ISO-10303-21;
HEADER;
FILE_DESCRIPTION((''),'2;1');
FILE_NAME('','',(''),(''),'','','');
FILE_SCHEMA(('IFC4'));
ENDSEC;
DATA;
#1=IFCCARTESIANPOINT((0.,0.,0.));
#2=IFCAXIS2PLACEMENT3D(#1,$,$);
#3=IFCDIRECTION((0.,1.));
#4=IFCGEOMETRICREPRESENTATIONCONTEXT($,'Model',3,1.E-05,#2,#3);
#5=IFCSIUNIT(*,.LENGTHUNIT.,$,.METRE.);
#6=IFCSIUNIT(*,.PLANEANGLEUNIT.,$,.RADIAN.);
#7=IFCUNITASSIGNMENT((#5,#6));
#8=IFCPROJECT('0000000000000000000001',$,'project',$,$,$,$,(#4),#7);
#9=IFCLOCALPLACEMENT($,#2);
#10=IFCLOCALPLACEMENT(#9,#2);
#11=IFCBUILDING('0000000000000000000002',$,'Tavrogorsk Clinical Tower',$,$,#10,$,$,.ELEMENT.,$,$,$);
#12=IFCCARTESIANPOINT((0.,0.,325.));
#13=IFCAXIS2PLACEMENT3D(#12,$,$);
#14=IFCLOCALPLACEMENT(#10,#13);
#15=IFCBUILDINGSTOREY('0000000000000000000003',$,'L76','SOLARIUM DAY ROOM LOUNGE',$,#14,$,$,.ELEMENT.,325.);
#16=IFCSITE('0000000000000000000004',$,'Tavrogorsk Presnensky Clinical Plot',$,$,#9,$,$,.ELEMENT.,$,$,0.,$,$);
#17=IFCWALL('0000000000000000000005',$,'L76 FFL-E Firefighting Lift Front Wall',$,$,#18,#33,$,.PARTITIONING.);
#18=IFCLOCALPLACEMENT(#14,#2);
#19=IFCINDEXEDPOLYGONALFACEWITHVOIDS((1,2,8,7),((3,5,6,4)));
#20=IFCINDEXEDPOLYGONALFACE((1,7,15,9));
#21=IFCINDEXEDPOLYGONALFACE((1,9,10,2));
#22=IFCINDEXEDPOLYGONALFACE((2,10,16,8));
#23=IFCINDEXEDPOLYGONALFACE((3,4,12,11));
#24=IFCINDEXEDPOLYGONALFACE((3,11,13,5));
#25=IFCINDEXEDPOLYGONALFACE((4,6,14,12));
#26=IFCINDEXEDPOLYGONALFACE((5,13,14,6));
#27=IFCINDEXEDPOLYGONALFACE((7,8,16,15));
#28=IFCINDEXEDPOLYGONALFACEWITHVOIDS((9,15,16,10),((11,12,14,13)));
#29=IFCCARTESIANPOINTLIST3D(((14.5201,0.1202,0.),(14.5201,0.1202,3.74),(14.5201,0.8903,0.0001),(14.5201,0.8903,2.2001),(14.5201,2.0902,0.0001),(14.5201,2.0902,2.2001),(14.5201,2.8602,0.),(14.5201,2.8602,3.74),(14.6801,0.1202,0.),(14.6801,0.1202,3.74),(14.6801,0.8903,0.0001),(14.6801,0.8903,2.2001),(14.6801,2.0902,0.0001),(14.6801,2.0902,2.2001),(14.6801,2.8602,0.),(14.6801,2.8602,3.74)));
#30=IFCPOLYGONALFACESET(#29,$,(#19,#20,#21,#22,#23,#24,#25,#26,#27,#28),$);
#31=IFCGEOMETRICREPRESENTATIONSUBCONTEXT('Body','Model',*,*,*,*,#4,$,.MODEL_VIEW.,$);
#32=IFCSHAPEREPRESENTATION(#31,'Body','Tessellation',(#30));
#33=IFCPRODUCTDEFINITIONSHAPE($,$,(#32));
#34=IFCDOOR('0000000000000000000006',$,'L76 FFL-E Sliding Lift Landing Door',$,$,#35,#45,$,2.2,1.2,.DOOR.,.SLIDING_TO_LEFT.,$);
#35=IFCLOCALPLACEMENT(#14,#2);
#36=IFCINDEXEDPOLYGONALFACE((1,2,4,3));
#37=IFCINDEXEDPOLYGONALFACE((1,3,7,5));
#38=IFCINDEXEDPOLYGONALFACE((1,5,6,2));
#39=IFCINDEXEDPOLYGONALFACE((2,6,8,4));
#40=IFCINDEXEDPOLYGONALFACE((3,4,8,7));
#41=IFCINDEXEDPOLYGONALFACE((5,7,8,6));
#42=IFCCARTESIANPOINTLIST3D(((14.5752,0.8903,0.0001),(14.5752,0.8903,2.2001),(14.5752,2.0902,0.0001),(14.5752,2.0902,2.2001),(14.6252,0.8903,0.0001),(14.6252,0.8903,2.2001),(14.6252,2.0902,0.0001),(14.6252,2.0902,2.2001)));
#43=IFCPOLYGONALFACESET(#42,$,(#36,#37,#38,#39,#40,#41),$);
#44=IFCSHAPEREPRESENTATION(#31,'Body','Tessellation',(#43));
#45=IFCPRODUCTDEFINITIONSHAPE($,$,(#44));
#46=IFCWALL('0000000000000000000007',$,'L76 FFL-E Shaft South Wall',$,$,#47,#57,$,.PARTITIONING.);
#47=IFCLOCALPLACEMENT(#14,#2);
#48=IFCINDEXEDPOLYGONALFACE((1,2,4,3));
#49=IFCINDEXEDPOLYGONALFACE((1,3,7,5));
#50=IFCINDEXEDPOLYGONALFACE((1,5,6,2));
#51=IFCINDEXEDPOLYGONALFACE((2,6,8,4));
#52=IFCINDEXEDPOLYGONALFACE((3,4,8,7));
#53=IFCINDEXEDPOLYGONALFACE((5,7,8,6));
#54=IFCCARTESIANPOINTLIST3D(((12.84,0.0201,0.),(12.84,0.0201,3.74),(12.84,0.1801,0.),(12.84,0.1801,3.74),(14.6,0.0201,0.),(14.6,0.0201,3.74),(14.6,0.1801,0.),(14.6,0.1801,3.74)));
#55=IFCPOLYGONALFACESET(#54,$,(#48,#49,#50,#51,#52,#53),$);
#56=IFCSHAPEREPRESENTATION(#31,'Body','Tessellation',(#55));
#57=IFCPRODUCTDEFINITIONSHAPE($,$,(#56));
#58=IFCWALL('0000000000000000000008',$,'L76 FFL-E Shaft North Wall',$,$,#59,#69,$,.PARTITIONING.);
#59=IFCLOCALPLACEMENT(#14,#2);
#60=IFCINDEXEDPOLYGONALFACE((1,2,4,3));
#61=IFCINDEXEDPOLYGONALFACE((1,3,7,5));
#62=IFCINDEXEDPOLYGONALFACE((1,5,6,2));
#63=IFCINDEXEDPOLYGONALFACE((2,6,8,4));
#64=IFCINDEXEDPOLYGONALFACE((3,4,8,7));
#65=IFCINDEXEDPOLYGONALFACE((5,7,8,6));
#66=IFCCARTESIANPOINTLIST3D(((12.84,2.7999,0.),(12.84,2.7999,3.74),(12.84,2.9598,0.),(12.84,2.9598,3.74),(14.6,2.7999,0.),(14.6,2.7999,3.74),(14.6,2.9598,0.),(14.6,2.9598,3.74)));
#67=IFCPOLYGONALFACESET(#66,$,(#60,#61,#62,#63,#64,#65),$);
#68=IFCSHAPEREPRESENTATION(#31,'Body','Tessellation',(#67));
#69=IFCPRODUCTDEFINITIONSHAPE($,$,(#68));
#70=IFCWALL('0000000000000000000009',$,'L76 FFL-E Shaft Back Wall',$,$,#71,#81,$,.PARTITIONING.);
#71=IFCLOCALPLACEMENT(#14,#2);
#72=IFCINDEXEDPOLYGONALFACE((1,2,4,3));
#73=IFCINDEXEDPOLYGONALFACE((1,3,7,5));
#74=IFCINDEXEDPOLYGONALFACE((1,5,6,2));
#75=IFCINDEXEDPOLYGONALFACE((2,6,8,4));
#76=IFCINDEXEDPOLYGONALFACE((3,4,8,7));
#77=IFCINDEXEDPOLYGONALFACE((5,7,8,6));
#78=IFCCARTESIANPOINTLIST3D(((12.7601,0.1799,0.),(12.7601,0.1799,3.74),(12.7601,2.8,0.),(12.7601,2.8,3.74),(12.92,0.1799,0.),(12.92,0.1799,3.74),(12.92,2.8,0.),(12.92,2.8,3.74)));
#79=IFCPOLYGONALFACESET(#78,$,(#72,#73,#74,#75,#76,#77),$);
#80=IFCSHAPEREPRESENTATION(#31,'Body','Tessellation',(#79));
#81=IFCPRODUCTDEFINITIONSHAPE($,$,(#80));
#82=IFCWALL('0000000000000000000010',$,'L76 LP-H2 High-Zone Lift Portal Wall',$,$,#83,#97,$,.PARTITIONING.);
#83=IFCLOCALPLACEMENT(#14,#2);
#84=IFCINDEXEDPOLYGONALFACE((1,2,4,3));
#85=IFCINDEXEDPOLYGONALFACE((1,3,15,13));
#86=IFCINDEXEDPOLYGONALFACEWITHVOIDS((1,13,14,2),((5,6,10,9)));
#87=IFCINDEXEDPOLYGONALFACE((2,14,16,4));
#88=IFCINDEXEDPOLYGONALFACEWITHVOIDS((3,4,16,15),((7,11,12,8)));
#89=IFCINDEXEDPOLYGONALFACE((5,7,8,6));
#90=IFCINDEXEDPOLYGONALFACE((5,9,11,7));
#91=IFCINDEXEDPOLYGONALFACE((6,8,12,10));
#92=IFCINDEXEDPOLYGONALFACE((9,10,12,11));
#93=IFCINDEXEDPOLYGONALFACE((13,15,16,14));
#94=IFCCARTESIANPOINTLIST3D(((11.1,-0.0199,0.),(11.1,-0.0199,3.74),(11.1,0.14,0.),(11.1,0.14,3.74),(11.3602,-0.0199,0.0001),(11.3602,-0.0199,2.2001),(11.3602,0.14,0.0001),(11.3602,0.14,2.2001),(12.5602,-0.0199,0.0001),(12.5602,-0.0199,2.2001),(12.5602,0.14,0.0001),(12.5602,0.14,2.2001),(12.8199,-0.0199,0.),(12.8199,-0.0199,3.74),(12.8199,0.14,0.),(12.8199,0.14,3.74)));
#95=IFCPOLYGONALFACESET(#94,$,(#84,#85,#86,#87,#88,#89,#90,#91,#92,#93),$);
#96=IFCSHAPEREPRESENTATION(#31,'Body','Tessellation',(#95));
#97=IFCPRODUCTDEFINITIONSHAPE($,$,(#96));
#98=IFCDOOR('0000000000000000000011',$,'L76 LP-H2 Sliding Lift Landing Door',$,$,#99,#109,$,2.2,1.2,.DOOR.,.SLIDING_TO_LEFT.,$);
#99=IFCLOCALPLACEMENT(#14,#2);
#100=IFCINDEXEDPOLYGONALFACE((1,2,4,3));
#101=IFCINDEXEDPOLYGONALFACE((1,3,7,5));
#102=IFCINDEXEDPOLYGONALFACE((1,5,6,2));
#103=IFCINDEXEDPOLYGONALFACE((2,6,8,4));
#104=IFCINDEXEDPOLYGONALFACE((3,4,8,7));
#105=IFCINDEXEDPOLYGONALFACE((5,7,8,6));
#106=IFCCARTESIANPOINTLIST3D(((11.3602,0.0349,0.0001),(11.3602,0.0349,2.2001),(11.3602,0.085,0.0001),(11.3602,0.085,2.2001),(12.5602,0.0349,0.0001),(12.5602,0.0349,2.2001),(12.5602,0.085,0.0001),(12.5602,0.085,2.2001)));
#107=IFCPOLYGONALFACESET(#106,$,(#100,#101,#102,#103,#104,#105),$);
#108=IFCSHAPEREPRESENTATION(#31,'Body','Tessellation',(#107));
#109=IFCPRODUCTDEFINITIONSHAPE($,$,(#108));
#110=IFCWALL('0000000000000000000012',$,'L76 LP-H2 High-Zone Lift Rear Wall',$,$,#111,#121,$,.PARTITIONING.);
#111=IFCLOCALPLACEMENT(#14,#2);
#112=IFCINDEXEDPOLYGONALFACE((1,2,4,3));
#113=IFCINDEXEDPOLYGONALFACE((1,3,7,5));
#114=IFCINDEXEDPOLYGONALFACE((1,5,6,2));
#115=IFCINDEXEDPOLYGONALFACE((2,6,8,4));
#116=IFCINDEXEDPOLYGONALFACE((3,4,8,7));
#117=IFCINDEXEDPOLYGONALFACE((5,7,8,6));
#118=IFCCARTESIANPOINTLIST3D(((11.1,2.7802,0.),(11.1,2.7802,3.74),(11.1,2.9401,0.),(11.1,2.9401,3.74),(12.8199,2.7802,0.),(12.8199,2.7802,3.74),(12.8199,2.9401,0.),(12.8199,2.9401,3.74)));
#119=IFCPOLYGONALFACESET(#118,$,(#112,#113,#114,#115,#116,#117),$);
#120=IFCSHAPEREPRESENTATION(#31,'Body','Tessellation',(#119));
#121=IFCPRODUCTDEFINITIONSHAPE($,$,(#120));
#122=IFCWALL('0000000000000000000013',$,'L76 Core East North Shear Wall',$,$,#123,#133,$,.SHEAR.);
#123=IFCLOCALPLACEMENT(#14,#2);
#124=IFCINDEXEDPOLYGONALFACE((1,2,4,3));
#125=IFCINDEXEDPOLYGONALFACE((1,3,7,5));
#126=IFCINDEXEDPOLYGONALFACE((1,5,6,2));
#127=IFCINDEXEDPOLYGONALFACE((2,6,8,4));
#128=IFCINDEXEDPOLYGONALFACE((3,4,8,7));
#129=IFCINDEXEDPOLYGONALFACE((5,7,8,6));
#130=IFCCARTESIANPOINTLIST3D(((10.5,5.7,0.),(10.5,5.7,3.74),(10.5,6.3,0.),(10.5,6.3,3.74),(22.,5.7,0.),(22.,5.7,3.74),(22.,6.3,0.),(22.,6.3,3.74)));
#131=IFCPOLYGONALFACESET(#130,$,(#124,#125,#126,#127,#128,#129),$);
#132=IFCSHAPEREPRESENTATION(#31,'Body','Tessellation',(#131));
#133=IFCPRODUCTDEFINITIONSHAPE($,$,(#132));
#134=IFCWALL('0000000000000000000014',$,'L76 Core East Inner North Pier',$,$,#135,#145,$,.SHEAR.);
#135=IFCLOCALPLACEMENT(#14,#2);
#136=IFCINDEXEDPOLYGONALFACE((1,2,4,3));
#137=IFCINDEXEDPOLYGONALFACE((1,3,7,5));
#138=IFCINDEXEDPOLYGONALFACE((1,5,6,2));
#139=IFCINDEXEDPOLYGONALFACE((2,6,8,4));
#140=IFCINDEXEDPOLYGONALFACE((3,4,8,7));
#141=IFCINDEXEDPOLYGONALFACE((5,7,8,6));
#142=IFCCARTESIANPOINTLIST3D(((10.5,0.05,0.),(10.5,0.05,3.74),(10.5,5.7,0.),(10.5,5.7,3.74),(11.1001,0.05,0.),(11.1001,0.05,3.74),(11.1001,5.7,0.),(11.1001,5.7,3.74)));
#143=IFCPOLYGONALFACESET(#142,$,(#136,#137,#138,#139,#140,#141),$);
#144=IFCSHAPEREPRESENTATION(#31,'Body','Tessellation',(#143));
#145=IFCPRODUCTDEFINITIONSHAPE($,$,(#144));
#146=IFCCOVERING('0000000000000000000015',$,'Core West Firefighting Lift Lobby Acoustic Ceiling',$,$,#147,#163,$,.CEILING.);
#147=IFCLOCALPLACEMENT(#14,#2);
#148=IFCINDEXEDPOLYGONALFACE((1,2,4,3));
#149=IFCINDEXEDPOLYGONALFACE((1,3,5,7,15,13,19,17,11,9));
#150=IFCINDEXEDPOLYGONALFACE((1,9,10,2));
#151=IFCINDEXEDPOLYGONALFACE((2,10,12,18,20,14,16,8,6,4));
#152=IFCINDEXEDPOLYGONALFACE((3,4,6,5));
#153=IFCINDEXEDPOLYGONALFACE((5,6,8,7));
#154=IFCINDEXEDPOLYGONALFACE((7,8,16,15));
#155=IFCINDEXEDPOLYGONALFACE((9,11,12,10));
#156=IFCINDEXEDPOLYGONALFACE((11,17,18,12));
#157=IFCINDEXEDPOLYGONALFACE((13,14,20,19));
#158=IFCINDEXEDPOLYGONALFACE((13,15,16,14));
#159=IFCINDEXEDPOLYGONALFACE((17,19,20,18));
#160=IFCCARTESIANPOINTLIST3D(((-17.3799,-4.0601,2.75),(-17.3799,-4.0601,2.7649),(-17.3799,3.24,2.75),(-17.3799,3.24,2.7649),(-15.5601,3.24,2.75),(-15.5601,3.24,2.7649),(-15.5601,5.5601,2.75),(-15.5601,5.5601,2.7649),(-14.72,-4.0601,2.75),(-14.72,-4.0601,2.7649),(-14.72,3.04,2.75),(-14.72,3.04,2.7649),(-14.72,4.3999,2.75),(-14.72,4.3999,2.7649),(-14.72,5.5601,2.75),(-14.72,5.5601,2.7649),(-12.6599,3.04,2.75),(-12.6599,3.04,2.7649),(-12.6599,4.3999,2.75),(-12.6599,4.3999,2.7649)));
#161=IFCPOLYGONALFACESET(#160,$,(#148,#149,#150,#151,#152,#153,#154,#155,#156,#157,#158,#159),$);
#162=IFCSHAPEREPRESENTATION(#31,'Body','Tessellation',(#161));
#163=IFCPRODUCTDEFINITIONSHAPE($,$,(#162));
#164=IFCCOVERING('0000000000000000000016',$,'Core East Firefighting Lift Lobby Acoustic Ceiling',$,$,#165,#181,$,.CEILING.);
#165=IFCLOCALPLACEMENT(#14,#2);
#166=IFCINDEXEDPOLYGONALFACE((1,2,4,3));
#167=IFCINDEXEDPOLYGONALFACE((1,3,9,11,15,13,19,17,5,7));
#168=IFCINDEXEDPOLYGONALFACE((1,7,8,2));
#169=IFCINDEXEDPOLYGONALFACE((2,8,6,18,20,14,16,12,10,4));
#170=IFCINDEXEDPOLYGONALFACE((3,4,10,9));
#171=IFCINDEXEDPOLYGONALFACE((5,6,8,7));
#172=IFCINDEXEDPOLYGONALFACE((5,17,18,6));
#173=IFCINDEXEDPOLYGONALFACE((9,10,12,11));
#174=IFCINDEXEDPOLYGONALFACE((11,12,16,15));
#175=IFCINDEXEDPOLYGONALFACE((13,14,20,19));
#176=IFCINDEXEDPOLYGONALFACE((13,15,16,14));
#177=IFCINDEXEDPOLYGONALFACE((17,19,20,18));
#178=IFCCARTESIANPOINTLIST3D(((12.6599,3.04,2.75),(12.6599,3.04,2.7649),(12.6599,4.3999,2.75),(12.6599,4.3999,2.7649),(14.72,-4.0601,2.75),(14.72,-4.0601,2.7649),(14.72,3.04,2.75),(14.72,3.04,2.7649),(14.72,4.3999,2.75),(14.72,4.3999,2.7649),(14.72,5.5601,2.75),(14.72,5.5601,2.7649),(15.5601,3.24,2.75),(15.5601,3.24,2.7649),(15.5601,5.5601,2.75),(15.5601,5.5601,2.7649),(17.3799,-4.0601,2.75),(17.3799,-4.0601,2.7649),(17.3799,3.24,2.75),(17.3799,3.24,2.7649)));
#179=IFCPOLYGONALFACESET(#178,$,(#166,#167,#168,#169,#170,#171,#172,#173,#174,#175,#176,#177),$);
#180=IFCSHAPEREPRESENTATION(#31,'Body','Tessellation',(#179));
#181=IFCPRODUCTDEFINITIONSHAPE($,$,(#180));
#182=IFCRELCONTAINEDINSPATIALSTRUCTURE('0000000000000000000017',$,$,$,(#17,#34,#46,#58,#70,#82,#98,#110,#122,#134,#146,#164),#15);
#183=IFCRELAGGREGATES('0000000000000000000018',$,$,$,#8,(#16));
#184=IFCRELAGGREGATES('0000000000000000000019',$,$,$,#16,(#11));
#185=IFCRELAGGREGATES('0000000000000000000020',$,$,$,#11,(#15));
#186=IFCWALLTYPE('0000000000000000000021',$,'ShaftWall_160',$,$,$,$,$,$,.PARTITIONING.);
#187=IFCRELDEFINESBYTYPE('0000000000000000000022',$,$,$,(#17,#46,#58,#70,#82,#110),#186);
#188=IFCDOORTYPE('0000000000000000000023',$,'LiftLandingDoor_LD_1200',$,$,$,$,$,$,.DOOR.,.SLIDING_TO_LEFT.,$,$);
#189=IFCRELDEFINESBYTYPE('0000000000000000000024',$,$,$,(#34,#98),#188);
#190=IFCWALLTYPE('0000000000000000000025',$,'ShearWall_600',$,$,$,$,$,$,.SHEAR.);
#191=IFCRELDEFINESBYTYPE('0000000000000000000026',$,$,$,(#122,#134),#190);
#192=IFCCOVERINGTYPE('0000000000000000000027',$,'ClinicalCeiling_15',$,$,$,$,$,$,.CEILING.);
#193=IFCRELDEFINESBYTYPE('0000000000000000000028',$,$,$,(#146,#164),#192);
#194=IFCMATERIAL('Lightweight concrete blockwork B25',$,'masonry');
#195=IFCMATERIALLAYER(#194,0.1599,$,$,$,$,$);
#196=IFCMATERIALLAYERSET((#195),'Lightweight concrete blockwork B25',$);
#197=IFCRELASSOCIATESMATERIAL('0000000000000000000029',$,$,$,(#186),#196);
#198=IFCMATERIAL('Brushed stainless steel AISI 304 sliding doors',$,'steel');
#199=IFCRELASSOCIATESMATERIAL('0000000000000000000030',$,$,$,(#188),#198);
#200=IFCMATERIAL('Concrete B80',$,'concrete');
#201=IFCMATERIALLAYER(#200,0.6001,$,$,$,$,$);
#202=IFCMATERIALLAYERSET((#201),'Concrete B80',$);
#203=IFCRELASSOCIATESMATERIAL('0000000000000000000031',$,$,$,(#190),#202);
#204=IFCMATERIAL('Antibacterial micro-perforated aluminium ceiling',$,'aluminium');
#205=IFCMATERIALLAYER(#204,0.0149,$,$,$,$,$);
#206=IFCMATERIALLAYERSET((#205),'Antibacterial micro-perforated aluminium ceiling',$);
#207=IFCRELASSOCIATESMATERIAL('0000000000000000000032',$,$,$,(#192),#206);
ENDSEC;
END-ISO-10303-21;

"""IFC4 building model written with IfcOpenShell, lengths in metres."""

from ifc_helpers import new_model, si_unit, direction, frame, frame_2d, origin, place, context, subcontext, project, spatial, polyline, rectangle, outline, extrude, material, layer, layer_set, type_object, element, fill, save


model = new_model("IFC4")

# Units and contexts
model_context = context("Model", 3, precision=1e-05, world=origin(), true_north=direction((0.0, 1.0)))
body_context = subcontext(model_context, "Body", "Model", "MODEL_VIEW")
ifc_project = project(units=[si_unit("LENGTHUNIT", "METRE"), si_unit("PLANEANGLEUNIT", "RADIAN")], contexts=[model_context])

# Site, building, storey
site_placement = place(None, origin())
site = spatial("IfcSite", under=ifc_project, at=site_placement, Name="Tavrogorsk Presnensky Clinical Plot", CompositionType="ELEMENT", RefElevation=0.0)
building_placement = place(site_placement, origin())
building = spatial("IfcBuilding", under=site, at=building_placement, Name="Tavrogorsk Clinical Tower", CompositionType="ELEMENT")
storey_placement = place(building_placement, frame((0.0, 0.0, 325.0)))
storey = spatial("IfcBuildingStorey", under=building, at=storey_placement, Name="L76", Description="SOLARIUM DAY ROOM LOUNGE", CompositionType="ELEMENT", Elevation=325.0)

# Wall, opening, door
ifc_material_1 = material(Name="Lightweight concrete blockwork B25", Category="masonry")
ifc_layer_1 = layer(ifc_material_1, 0.1599)
ifc_layer_set_1 = layer_set([ifc_layer_1], Name="Lightweight concrete blockwork B25")
wall_type_1 = type_object("IfcWallType", Name="ShaftWall_160", PredefinedType="PARTITIONING", material=ifc_layer_set_1)
wall_1_placement = place(storey_placement, frame((14.6001, 0.1201, 0.0), z_axis=(0.0, 0.0, 1.0), x_axis=(0.0, 1.0, 0.0)))
wall_1 = element("IfcWall", 1, at=wall_1_placement, inside=storey, type_object=wall_type_1, Name="L76 FFL-E Firefighting Lift Front Wall", PredefinedType="PARTITIONING", context=body_context, shape_type="SweptSolid", body=[
    extrude(rectangle(XDim=2.74, YDim=0.1599, at=frame_2d((1.3701, 0.0))), origin(), (0.0, 0.0, 1.0), 3.74),
])
opening_1_placement = place(wall_1_placement, frame((0.77, 0.0, 0.0)))
opening_1 = element("IfcOpeningElement", 2, at=opening_1_placement, cuts=wall_1, PredefinedType="OPENING", context=body_context, shape_type="SweptSolid", body=[
    extrude(rectangle(XDim=1.2, YDim=2.2, at=frame_2d((0.6001, 1.1001))), frame((0.0, 0.0898, 0.0), z_axis=(0.0, -1.0, 0.0), x_axis=(1.0, 0.0, 0.0)), (0.0, 0.0, 1.0), 0.1799),
])
ifc_material_2 = material(Name="Brushed stainless steel AISI 304 sliding doors", Category="steel")
door_type_1 = type_object("IfcDoorType", Name="LiftLandingDoor_LD_1200", OperationType="SLIDING_TO_LEFT", PredefinedType="DOOR", material=ifc_material_2)
door_1_placement = place(opening_1_placement, origin())
door_1 = element("IfcDoor", 3, at=door_1_placement, inside=storey, type_object=door_type_1, Name="L76 FFL-E Sliding Lift Landing Door", OperationType="SLIDING_TO_LEFT", OverallHeight=2.2, OverallWidth=1.2, PredefinedType="DOOR", context=body_context, shape_type="SweptSolid", body=[
    extrude(rectangle(XDim=1.2, YDim=2.2, at=frame_2d((0.6001, 1.1001))), frame((0.0, 0.0249, 0.0), z_axis=(0.0, -1.0, 0.0), x_axis=(1.0, 0.0, 0.0)), (0.0, 0.0, 1.0), 0.05),
])
fill(opening_1, door_1)

# Walls
for number, where, z_axis, x_axis, name in (
    (4, (12.8401, 0.1001, 0.0), (0.0, 0.0, 1.0), (1.0, 0.0, 0.0), "L76 FFL-E Shaft South Wall"),
    (5, (12.8401, 2.8799, 0.0), (0.0, 0.0, 1.0), (1.0, 0.0, 0.0), "L76 FFL-E Shaft North Wall"),
):
    element("IfcWall", number, at=place(storey_placement, frame(where, z_axis=z_axis, x_axis=x_axis)), inside=storey, type_object=wall_type_1, Name=name, PredefinedType="PARTITIONING", context=body_context, shape_type="SweptSolid", body=[
        extrude(rectangle(XDim=1.76, YDim=0.1599, at=frame_2d((0.8799, 0.0))), origin(), (0.0, 0.0, 1.0), 3.74),
    ])
wall_2_placement = place(storey_placement, frame((12.8401, 0.1799, 0.0), z_axis=(0.0, 0.0, 1.0), x_axis=(0.0, 1.0, 0.0)))
element("IfcWall", 6, at=wall_2_placement, inside=storey, type_object=wall_type_1, Name="L76 FFL-E Shaft Back Wall", PredefinedType="PARTITIONING", context=body_context, shape_type="SweptSolid", body=[
    extrude(rectangle(XDim=2.6201, YDim=0.1599, at=frame_2d((1.3101, 0.0))), origin(), (0.0, 0.0, 1.0), 3.74),
])

# Wall, opening, door
wall_3_placement = place(storey_placement, frame((11.1001, 0.0601, 0.0), z_axis=(0.0, 0.0, 1.0), x_axis=(1.0, 0.0, 0.0)))
wall_3 = element("IfcWall", 7, at=wall_3_placement, inside=storey, type_object=wall_type_1, Name="L76 LP-H2 High-Zone Lift Portal Wall", PredefinedType="PARTITIONING", context=body_context, shape_type="SweptSolid", body=[
    extrude(rectangle(XDim=1.72, YDim=0.1599, at=frame_2d((0.8599, 0.0))), origin(), (0.0, 0.0, 1.0), 3.74),
])
opening_2_placement = place(wall_3_placement, frame((0.26, 0.0, 0.0)))
opening_2 = element("IfcOpeningElement", 8, at=opening_2_placement, cuts=wall_3, PredefinedType="OPENING", context=body_context, shape_type="SweptSolid", body=[
    extrude(rectangle(XDim=1.2, YDim=2.2, at=frame_2d((0.6001, 1.1001))), frame((0.0, 0.0898, 0.0), z_axis=(0.0, -1.0, 0.0), x_axis=(1.0, 0.0, 0.0)), (0.0, 0.0, 1.0), 0.1799),
])
door_2_placement = place(opening_2_placement, origin())
door_2 = element("IfcDoor", 9, at=door_2_placement, inside=storey, type_object=door_type_1, Name="L76 LP-H2 Sliding Lift Landing Door", OperationType="SLIDING_TO_LEFT", OverallHeight=2.2, OverallWidth=1.2, PredefinedType="DOOR", context=body_context, shape_type="SweptSolid", body=[
    extrude(rectangle(XDim=1.2, YDim=2.2, at=frame_2d((0.6001, 1.1001))), frame((0.0, 0.0249, 0.0), z_axis=(0.0, -1.0, 0.0), x_axis=(1.0, 0.0, 0.0)), (0.0, 0.0, 1.0), 0.05),
])
fill(opening_2, door_2)

# Walls
wall_4_placement = place(storey_placement, frame((11.1001, 2.8601, 0.0), z_axis=(0.0, 0.0, 1.0), x_axis=(1.0, 0.0, 0.0)))
element("IfcWall", 10, at=wall_4_placement, inside=storey, type_object=wall_type_1, Name="L76 LP-H2 High-Zone Lift Rear Wall", PredefinedType="PARTITIONING", context=body_context, shape_type="SweptSolid", body=[
    extrude(rectangle(XDim=1.72, YDim=0.1599, at=frame_2d((0.8599, 0.0))), origin(), (0.0, 0.0, 1.0), 3.74),
])
ifc_material_3 = material(Name="Concrete B80", Category="concrete")
ifc_layer_2 = layer(ifc_material_3, 0.6001)
ifc_layer_set_2 = layer_set([ifc_layer_2], Name="Concrete B80")
wall_type_2 = type_object("IfcWallType", Name="ShearWall_600", PredefinedType="SHEAR", material=ifc_layer_set_2)
wall_5_placement = place(storey_placement, frame((10.5, 6.0, 0.0), z_axis=(0.0, 0.0, 1.0), x_axis=(1.0, 0.0, 0.0)))
element("IfcWall", 11, at=wall_5_placement, inside=storey, type_object=wall_type_2, Name="L76 Core East North Shear Wall", PredefinedType="SHEAR", context=body_context, shape_type="SweptSolid", body=[
    extrude(rectangle(XDim=11.5, YDim=0.6001, at=frame_2d((5.75, 0.0))), origin(), (0.0, 0.0, 1.0), 3.74),
])
wall_6_placement = place(storey_placement, frame((10.8, 0.05, 0.0), z_axis=(0.0, 0.0, 1.0), x_axis=(0.0, 1.0, 0.0)))
element("IfcWall", 12, at=wall_6_placement, inside=storey, type_object=wall_type_2, Name="L76 Core East Inner North Pier", PredefinedType="SHEAR", context=body_context, shape_type="SweptSolid", body=[
    extrude(rectangle(XDim=5.6499, YDim=0.6001, at=frame_2d((2.825, 0.0))), origin(), (0.0, 0.0, 1.0), 3.74),
])

# Coverings
ifc_material_4 = material(Name="Antibacterial micro-perforated aluminium ceiling", Category="aluminium")
ifc_layer_3 = layer(ifc_material_4, 0.0149)
ifc_layer_set_3 = layer_set([ifc_layer_3], Name="Antibacterial micro-perforated aluminium ceiling")
covering_type_1 = type_object("IfcCoveringType", Name="ClinicalCeiling_15", PredefinedType="CEILING", material=ifc_layer_set_3)
covering_1_placement = place(storey_placement, frame((0.0, 0.0, 2.75)))
element("IfcCovering", 13, at=covering_1_placement, inside=storey, type_object=covering_type_1, Name="Core West Firefighting Lift Lobby Acoustic Ceiling", PredefinedType="CEILING", context=body_context, shape_type="SweptSolid", body=[
    extrude(outline(polyline([(-17.3799, -4.0601), (-17.3799, 3.24), (-15.5601, 3.24), (-15.5601, 5.5601), (-14.72, 5.5601), (-14.72, 4.3999), (-12.6599, 4.3999), (-12.6599, 3.04), (-14.72, 3.04), (-14.72, -4.0601), (-17.3799, -4.0601)])), origin(), (0.0, 0.0, 1.0), 0.0149),
])
covering_2_placement = place(storey_placement, frame((0.0, 0.0, 2.75)))
element("IfcCovering", 14, at=covering_2_placement, inside=storey, type_object=covering_type_1, Name="Core East Firefighting Lift Lobby Acoustic Ceiling", PredefinedType="CEILING", context=body_context, shape_type="SweptSolid", body=[
    extrude(outline(polyline([(14.72, 3.04), (12.6599, 3.04), (12.6599, 4.3999), (14.72, 4.3999), (14.72, 5.5601), (15.5601, 5.5601), (15.5601, 3.24), (17.3799, 3.24), (17.3799, -4.0601), (14.72, -4.0601), (14.72, 3.04)])), origin(), (0.0, 0.0, 1.0), 0.0149),
])

save(model, "model.ifc")
